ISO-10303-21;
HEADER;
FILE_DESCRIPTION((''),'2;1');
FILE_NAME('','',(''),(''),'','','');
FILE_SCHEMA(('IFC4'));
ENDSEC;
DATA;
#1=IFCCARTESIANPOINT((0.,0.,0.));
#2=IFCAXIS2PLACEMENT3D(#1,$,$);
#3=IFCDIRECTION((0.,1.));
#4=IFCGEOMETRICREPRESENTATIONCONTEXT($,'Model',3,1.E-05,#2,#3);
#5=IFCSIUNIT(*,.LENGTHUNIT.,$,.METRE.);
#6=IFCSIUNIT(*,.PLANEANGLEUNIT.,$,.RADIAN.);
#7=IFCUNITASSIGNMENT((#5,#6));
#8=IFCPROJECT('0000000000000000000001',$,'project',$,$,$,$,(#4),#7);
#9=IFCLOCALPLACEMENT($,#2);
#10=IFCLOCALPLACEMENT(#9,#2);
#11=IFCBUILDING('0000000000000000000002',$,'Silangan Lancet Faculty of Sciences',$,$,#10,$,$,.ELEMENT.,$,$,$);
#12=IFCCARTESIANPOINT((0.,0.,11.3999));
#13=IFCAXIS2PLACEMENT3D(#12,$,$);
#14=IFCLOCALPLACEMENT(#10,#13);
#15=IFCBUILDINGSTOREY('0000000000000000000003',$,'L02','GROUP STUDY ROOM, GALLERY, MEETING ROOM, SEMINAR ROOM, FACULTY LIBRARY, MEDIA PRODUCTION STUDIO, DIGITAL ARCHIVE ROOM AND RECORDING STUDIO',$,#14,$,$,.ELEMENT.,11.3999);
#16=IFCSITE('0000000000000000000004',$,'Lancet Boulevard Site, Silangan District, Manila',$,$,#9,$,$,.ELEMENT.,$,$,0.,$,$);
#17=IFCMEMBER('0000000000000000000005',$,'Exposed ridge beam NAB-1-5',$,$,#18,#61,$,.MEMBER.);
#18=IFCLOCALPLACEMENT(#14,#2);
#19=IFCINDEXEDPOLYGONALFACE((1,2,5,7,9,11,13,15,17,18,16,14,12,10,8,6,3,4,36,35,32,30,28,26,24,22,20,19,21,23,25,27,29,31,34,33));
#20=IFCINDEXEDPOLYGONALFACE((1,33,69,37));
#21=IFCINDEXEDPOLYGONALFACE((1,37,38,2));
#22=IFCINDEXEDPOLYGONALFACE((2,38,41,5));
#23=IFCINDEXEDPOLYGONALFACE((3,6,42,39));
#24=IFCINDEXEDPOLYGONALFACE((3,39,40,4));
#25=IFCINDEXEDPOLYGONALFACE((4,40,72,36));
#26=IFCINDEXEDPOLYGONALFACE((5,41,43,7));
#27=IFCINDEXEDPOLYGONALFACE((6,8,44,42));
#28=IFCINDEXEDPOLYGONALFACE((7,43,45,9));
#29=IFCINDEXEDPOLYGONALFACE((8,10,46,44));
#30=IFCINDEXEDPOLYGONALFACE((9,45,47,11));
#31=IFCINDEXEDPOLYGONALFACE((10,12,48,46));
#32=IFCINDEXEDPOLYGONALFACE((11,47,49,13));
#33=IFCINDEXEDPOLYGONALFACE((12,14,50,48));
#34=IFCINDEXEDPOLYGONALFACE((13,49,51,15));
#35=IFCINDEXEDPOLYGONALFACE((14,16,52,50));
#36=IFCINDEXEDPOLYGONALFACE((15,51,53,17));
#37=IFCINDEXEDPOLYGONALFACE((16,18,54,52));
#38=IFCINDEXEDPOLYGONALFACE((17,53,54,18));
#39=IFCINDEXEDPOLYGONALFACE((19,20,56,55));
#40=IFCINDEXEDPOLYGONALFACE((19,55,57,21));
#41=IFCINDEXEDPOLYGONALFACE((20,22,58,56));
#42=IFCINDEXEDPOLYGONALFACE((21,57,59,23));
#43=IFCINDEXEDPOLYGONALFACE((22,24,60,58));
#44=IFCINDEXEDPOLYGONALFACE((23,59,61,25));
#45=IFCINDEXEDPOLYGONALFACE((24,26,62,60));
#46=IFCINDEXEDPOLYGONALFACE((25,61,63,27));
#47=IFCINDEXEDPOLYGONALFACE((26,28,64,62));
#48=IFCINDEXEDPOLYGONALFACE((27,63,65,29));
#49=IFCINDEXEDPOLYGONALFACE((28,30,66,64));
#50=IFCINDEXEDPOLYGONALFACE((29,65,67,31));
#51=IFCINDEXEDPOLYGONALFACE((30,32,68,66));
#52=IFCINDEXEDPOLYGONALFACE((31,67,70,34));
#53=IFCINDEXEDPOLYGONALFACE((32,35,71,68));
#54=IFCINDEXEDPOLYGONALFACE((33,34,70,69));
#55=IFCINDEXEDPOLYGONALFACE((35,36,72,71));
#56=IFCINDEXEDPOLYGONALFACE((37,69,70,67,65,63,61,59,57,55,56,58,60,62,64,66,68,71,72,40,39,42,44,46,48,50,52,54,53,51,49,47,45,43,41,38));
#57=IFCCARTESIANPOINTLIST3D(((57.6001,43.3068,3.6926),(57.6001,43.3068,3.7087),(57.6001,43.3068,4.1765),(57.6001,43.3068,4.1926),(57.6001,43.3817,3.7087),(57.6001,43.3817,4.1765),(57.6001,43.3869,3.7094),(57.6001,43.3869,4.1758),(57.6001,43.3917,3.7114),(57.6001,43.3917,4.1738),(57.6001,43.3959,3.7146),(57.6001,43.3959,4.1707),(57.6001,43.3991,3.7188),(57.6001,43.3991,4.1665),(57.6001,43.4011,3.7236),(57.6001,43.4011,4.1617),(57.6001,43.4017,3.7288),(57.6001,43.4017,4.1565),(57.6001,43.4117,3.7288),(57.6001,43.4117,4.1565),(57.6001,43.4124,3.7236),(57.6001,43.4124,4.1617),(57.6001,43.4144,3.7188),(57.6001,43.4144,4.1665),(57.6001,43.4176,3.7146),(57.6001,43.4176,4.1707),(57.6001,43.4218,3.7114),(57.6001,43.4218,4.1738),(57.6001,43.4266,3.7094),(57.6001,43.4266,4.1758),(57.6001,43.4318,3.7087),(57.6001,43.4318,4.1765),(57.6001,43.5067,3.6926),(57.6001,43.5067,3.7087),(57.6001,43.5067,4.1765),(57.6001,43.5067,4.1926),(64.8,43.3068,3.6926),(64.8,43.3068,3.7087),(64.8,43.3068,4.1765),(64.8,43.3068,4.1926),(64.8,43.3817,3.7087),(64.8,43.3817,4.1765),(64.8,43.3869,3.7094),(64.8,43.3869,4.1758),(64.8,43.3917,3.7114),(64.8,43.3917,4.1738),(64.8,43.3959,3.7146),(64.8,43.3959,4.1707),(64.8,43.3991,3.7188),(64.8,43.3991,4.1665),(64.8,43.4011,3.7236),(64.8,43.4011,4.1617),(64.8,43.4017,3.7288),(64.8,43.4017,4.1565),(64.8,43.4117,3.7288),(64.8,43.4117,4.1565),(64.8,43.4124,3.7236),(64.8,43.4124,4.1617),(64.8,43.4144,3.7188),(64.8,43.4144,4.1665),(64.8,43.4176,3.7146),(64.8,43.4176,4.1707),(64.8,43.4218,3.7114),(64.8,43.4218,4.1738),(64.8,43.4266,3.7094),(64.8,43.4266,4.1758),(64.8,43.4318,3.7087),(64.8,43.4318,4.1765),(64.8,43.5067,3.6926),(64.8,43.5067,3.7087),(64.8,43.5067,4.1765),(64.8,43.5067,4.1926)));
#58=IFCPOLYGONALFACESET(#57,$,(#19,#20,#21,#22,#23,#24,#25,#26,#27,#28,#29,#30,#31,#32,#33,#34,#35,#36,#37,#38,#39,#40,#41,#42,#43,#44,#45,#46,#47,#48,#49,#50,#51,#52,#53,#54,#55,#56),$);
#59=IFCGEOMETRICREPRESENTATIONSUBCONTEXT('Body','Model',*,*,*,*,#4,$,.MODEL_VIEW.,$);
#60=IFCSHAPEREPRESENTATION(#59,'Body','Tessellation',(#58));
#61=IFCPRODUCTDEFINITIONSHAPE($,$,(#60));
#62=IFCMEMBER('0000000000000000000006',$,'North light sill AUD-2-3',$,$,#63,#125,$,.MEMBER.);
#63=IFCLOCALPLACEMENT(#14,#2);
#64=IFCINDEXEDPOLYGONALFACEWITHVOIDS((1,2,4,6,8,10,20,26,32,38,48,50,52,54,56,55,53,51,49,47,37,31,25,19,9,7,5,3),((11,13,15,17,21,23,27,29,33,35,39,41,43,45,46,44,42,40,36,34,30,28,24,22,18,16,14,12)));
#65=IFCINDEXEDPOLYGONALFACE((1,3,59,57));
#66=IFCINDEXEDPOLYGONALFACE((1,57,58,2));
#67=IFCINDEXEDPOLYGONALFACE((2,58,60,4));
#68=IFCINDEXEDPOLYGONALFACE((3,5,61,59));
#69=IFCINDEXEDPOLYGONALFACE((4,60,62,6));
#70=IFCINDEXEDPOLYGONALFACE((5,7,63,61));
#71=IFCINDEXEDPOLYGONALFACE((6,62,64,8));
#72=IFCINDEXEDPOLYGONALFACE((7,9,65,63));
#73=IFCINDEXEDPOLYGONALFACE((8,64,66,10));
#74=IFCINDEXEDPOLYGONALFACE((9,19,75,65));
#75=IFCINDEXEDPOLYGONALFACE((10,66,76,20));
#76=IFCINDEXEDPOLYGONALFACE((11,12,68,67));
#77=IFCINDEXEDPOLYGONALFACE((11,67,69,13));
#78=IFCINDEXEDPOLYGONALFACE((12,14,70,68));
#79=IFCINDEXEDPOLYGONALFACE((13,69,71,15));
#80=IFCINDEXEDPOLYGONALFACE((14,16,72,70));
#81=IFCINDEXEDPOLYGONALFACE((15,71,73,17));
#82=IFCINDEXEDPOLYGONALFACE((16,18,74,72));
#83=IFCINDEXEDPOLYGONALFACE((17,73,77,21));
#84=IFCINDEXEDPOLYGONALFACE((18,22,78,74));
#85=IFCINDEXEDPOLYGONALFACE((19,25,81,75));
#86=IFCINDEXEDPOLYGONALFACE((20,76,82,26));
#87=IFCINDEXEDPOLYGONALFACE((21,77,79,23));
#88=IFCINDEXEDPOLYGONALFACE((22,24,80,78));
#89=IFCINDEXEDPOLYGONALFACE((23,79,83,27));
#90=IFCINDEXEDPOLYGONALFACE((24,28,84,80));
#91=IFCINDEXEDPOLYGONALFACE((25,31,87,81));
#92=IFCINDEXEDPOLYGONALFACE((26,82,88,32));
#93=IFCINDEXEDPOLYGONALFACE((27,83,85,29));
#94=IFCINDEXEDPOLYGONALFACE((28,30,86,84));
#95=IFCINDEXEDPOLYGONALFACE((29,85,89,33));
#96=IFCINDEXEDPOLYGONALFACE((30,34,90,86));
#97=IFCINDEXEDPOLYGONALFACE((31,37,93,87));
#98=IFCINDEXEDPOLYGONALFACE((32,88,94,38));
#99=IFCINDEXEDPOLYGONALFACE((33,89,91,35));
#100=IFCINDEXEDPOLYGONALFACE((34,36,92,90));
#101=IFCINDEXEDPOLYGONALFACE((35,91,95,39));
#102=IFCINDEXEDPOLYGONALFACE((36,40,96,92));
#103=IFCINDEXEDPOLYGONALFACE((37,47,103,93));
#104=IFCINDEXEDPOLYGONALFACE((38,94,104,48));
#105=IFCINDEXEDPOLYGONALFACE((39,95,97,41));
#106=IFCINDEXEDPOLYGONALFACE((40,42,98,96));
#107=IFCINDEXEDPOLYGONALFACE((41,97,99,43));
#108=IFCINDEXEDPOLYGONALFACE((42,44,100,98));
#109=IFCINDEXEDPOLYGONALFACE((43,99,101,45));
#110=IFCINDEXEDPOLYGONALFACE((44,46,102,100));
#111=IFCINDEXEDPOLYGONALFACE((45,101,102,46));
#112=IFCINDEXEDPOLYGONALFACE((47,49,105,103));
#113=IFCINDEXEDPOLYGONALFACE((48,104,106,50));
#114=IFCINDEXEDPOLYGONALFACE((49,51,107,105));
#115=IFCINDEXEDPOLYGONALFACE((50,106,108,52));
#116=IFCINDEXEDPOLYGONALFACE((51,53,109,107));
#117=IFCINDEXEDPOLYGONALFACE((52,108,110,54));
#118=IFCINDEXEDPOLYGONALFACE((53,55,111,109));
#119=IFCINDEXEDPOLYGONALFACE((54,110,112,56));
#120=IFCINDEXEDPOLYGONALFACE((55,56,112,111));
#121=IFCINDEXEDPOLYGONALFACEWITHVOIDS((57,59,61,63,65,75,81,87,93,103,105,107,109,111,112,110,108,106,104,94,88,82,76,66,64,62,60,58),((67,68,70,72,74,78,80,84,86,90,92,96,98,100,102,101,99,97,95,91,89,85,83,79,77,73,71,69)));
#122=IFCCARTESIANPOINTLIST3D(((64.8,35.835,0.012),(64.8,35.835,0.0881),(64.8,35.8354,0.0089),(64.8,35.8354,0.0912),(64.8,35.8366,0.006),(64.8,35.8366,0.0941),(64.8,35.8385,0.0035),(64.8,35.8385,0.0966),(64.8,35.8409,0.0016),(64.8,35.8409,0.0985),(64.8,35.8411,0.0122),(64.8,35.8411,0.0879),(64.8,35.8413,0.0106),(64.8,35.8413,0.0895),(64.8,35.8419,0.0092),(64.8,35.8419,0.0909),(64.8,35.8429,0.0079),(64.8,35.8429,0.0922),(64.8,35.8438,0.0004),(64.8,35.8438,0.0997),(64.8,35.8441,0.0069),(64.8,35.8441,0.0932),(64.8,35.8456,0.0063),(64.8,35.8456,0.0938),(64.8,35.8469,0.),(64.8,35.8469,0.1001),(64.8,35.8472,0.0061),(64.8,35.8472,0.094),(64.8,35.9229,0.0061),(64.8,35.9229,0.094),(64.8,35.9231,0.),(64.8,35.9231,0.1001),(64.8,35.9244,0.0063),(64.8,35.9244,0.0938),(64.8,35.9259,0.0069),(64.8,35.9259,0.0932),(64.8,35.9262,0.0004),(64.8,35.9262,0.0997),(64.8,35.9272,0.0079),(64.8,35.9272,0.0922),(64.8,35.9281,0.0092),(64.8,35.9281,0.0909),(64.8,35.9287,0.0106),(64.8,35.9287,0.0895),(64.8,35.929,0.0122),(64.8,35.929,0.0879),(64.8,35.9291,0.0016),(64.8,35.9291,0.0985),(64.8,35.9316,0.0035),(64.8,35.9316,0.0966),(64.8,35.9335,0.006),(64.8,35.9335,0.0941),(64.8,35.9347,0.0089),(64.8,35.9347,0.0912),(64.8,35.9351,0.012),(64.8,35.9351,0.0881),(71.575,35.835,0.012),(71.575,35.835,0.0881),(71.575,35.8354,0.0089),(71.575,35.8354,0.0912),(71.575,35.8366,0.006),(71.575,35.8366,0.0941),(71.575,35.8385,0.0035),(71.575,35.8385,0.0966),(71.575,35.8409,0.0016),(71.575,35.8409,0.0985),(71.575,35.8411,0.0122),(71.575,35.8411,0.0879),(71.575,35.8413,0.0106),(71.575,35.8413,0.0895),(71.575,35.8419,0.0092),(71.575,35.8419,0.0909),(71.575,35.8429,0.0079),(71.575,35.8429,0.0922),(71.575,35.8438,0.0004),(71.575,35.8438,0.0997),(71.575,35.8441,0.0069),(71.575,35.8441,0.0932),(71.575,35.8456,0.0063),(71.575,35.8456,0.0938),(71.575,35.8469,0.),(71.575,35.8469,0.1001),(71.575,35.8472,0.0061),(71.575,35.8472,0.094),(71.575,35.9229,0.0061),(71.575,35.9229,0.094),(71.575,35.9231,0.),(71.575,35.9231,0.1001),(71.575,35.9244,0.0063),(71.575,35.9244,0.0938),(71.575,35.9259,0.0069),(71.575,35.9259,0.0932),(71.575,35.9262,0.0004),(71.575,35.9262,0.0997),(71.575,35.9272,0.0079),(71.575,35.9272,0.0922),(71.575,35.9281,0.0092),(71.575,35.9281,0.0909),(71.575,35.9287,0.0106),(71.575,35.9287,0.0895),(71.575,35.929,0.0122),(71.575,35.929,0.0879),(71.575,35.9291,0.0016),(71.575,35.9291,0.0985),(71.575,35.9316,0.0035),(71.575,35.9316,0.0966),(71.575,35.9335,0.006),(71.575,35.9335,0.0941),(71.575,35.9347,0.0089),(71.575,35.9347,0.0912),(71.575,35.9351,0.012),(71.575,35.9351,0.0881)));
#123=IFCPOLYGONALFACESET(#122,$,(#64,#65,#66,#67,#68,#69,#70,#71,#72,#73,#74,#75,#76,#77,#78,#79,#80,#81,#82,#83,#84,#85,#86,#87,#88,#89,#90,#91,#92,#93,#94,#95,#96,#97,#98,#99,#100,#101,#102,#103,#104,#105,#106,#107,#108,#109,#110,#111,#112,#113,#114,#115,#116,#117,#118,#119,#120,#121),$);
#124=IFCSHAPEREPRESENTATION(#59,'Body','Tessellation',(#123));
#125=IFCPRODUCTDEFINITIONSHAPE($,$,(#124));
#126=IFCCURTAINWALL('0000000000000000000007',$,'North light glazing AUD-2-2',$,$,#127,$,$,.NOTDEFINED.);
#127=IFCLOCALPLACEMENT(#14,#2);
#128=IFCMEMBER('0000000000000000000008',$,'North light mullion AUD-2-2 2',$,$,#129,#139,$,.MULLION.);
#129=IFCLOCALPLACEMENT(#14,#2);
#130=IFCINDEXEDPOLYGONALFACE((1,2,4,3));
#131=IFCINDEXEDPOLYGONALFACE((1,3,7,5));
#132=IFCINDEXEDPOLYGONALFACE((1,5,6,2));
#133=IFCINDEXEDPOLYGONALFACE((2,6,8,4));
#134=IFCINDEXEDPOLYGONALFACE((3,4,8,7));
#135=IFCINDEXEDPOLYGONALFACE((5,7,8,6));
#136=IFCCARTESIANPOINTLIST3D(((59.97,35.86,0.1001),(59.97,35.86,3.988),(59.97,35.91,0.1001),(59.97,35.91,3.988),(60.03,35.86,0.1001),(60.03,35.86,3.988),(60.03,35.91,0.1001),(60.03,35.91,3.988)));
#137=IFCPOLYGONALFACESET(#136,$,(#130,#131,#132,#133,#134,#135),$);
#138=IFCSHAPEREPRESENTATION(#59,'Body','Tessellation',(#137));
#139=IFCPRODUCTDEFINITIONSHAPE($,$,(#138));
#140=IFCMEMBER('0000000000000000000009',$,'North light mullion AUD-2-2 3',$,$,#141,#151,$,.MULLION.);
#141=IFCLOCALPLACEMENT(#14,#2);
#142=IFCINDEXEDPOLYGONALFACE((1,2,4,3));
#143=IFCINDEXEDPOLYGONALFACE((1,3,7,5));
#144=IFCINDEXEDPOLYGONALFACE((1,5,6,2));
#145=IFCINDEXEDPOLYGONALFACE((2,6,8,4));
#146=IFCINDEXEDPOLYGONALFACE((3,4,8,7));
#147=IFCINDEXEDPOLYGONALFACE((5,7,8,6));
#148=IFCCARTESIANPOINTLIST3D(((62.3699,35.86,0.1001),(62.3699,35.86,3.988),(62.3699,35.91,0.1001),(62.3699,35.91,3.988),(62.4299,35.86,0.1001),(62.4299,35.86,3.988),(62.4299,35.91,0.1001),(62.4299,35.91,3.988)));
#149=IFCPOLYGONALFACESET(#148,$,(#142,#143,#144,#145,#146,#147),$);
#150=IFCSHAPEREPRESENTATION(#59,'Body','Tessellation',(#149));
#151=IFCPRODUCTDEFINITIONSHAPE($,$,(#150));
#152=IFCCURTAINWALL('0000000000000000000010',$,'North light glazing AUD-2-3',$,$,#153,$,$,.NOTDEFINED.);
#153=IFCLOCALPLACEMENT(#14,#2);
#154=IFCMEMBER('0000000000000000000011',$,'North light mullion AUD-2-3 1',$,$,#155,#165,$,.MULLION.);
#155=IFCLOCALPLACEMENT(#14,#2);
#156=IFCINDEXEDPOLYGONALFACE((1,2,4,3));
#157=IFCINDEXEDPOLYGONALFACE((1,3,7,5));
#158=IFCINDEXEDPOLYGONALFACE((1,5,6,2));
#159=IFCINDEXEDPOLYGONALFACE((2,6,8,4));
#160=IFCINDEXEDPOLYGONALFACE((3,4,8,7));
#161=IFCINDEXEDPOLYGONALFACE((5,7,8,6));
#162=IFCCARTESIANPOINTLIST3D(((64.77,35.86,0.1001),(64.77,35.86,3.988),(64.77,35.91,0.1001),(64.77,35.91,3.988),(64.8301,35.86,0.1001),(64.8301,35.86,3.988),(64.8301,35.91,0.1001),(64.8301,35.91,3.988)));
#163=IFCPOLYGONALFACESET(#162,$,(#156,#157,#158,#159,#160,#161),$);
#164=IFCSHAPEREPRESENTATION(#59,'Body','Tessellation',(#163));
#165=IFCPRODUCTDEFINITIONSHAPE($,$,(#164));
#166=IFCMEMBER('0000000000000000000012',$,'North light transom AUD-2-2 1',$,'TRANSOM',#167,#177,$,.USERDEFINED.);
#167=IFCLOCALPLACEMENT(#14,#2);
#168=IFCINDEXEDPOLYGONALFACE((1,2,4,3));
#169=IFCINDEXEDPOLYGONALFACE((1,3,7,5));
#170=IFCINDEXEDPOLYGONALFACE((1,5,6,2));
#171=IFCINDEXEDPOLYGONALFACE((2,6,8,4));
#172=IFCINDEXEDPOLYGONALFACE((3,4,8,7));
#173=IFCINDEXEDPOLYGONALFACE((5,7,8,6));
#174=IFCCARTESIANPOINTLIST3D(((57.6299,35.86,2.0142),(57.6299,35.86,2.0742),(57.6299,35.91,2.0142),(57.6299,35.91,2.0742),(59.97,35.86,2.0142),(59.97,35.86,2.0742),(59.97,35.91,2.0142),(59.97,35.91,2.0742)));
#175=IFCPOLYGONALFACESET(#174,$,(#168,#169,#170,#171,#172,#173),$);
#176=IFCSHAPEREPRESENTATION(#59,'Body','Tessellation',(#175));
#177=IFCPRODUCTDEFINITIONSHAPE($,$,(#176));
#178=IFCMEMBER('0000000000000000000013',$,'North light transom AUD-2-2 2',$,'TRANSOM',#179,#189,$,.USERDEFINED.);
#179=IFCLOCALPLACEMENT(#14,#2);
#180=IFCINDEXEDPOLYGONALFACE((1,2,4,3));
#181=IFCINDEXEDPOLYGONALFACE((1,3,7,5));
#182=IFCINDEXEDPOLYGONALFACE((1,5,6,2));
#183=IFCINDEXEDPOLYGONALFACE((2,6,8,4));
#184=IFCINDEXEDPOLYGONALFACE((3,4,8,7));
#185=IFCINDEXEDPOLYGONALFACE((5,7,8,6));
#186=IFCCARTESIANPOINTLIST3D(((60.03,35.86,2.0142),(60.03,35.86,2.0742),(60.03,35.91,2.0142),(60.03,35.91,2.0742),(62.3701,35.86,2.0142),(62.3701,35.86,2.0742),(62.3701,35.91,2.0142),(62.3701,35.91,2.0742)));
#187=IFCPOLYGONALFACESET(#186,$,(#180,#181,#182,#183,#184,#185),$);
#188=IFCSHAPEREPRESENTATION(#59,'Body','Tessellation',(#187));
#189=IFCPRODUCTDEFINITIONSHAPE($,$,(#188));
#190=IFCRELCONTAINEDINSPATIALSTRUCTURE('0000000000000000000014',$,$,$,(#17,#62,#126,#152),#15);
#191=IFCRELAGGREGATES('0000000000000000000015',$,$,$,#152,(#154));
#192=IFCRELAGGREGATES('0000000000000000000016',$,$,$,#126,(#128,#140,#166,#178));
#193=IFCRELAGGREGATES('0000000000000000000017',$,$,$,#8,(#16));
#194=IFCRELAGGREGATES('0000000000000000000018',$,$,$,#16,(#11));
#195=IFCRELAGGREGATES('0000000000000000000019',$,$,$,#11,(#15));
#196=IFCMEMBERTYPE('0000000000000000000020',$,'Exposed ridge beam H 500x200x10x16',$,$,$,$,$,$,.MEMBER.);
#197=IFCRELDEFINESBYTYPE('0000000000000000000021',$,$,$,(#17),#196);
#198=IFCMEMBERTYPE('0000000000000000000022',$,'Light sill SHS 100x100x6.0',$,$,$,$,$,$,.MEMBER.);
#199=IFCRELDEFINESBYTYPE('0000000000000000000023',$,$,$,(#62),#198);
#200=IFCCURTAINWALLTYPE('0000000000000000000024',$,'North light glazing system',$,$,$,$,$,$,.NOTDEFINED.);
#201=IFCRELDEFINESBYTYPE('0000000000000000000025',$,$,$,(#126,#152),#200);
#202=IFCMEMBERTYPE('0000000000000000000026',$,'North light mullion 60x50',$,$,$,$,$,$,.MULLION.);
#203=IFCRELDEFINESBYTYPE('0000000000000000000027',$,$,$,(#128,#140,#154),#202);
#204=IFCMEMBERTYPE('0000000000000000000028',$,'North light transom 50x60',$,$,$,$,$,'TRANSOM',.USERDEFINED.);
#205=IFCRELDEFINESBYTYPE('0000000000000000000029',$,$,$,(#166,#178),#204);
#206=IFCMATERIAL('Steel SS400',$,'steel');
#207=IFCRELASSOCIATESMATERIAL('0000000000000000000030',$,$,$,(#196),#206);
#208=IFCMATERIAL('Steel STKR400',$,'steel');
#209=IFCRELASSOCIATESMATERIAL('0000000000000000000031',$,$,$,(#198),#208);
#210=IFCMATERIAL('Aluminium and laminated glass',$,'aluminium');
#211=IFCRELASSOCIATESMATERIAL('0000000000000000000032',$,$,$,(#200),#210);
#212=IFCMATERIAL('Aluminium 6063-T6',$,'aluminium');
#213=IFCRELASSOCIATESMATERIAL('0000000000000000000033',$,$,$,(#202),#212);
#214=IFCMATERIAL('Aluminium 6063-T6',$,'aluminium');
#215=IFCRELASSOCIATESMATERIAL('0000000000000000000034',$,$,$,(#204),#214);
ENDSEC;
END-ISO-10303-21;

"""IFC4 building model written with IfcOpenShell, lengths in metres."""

from ifc_helpers import new_model, si_unit, direction, frame, origin, origin_2d, place, context, subcontext, project, spatial, rectangle, hollow_rectangle, i_section, extrude, material, material_profile, profile_set, type_object, element, aggregate, save


model = new_model("IFC4")

# Units and contexts
model_context = context("Model", 3, precision=1e-05, world=origin(), true_north=direction((0.0, 1.0)))
body_context = subcontext(model_context, "Body", "Model", "MODEL_VIEW")
ifc_project = project(units=[si_unit("LENGTHUNIT", "METRE"), si_unit("PLANEANGLEUNIT", "RADIAN")], contexts=[model_context])

# Site, building, storey
site_placement = place(None, origin())
site = spatial("IfcSite", under=ifc_project, at=site_placement, Name="Lancet Boulevard Site, Silangan District, Manila", CompositionType="ELEMENT", RefElevation=0.0)
building_placement = place(site_placement, origin())
building = spatial("IfcBuilding", under=site, at=building_placement, Name="Silangan Lancet Faculty of Sciences", CompositionType="ELEMENT")
storey_placement = place(building_placement, frame((0.0, 0.0, 11.3999)))
storey = spatial("IfcBuildingStorey", under=building, at=storey_placement, Name="L02", Description="GROUP STUDY ROOM, GALLERY, MEETING ROOM, SEMINAR ROOM, FACULTY LIBRARY, MEDIA PRODUCTION STUDIO, DIGITAL ARCHIVE ROOM AND RECORDING STUDIO", CompositionType="ELEMENT", Elevation=11.3999)

# Members
ifc_material_1 = material(Name="Steel SS400", Category="steel")
ifc_material_profile_1 = material_profile(ifc_material_1, i_section(OverallWidth=0.2, OverallDepth=0.5, WebThickness=0.01, FlangeThickness=0.0161, FilletRadius=0.02, at=origin_2d()), Name="H 500x200x10x16")
ifc_profile_set_1 = profile_set([ifc_material_profile_1], Name="Steel SS400")
member_type_1 = type_object("IfcMemberType", Name="Exposed ridge beam H 500x200x10x16", PredefinedType="MEMBER", material=ifc_profile_set_1)
member_1_placement = place(storey_placement, frame((57.6001, 43.4067, 3.9426), z_axis=(1.0, 0.0, 0.0), x_axis=(0.0, 1.0, 0.0)))
element("IfcMember", 1, at=member_1_placement, inside=storey, type_object=member_type_1, Name="Exposed ridge beam NAB-1-5", PredefinedType="MEMBER", context=body_context, shape_type="SweptSolid", body=[
    extrude(i_section(OverallWidth=0.2, OverallDepth=0.5, WebThickness=0.01, FlangeThickness=0.0161, FilletRadius=0.02, at=origin_2d()), origin(), (0.0, 0.0, 1.0), 7.2),
])
ifc_material_2 = material(Name="Steel STKR400", Category="steel")
ifc_material_profile_2 = material_profile(ifc_material_2, hollow_rectangle(XDim=0.1001, YDim=0.1001, WallThickness=0.0061, InnerFilletRadius=0.0061, OuterFilletRadius=0.012, at=origin_2d()), Name="SHS 100x100x6.0")
ifc_profile_set_2 = profile_set([ifc_material_profile_2], Name="Steel STKR400")
member_type_2 = type_object("IfcMemberType", Name="Light sill SHS 100x100x6.0", PredefinedType="MEMBER", material=ifc_profile_set_2)
member_2_placement = place(storey_placement, frame((64.8, 35.885, 0.05), z_axis=(1.0, 0.0, 0.0), x_axis=(0.0, 1.0, 0.0)))
element("IfcMember", 2, at=member_2_placement, inside=storey, type_object=member_type_2, Name="North light sill AUD-2-3", PredefinedType="MEMBER", context=body_context, shape_type="SweptSolid", body=[
    extrude(hollow_rectangle(XDim=0.1001, YDim=0.1001, WallThickness=0.0061, InnerFilletRadius=0.0061, OuterFilletRadius=0.012, at=origin_2d()), origin(), (0.0, 0.0, 1.0), 6.7749),
])

# Curtain wall, members
ifc_material_3 = material(Name="Aluminium and laminated glass", Category="aluminium")
curtain_wall_type = type_object("IfcCurtainWallType", Name="North light glazing system", PredefinedType="NOTDEFINED", material=ifc_material_3)
curtain_wall_1_placement = place(storey_placement, origin())
curtain_wall_1 = element("IfcCurtainWall", 3, at=curtain_wall_1_placement, inside=storey, type_object=curtain_wall_type, Name="North light glazing AUD-2-2", PredefinedType="NOTDEFINED")
ifc_material_4 = material(Name="Aluminium 6063-T6", Category="aluminium")
ifc_material_profile_3 = material_profile(ifc_material_4, rectangle(XDim=0.0601, YDim=0.05, at=origin_2d()), Name="AL 60x50")
ifc_profile_set_3 = profile_set([ifc_material_profile_3], Name="Aluminium 6063-T6")
member_type_3 = type_object("IfcMemberType", Name="North light mullion 60x50", PredefinedType="MULLION", material=ifc_profile_set_3)
member_3_placement = place(storey_placement, frame((60.0, 35.885, 0.1001), z_axis=(0.0, 0.0, 1.0), x_axis=(1.0, 0.0, 0.0)))
member_3 = element("IfcMember", 4, at=member_3_placement, type_object=member_type_3, Name="North light mullion AUD-2-2 2", PredefinedType="MULLION", context=body_context, shape_type="SweptSolid", body=[
    extrude(rectangle(XDim=0.0601, YDim=0.05, at=origin_2d()), origin(), (0.0, 0.0, 1.0), 3.8879),
])
member_4_placement = place(storey_placement, frame((62.3999, 35.885, 0.1001), z_axis=(0.0, 0.0, 1.0), x_axis=(1.0, 0.0, 0.0)))
member_4 = element("IfcMember", 5, at=member_4_placement, type_object=member_type_3, Name="North light mullion AUD-2-2 3", PredefinedType="MULLION", context=body_context, shape_type="SweptSolid", body=[
    extrude(rectangle(XDim=0.0601, YDim=0.05, at=origin_2d()), origin(), (0.0, 0.0, 1.0), 3.8879),
])

# Curtain wall, member
curtain_wall_2_placement = place(storey_placement, origin())
curtain_wall_2 = element("IfcCurtainWall", 6, at=curtain_wall_2_placement, inside=storey, type_object=curtain_wall_type, Name="North light glazing AUD-2-3", PredefinedType="NOTDEFINED")
member_5_placement = place(storey_placement, frame((64.8, 35.885, 0.1001), z_axis=(0.0, 0.0, 1.0), x_axis=(1.0, 0.0, 0.0)))
member_5 = element("IfcMember", 7, at=member_5_placement, type_object=member_type_3, Name="North light mullion AUD-2-3 1", PredefinedType="MULLION", context=body_context, shape_type="SweptSolid", body=[
    extrude(rectangle(XDim=0.0601, YDim=0.05, at=origin_2d()), origin(), (0.0, 0.0, 1.0), 3.8879),
])
aggregate(curtain_wall_2, [member_5])

# Members
ifc_material_5 = material(Name="Aluminium 6063-T6", Category="aluminium")
ifc_material_profile_4 = material_profile(ifc_material_5, rectangle(XDim=0.05, YDim=0.0601, at=origin_2d()), Name="AL 50x60")
ifc_profile_set_4 = profile_set([ifc_material_profile_4], Name="Aluminium 6063-T6")
member_type_4 = type_object("IfcMemberType", Name="North light transom 50x60", ElementType="TRANSOM", PredefinedType="USERDEFINED", material=ifc_profile_set_4)
member_6_placement = place(storey_placement, frame((57.6299, 35.885, 2.0442), z_axis=(1.0, 0.0, 0.0), x_axis=(0.0, 1.0, 0.0)))
member_6 = element("IfcMember", 8, at=member_6_placement, type_object=member_type_4, Name="North light transom AUD-2-2 1", ObjectType="TRANSOM", PredefinedType="USERDEFINED", context=body_context, shape_type="SweptSolid", body=[
    extrude(rectangle(XDim=0.05, YDim=0.0601, at=origin_2d()), origin(), (0.0, 0.0, 1.0), 2.3401),
])
member_7_placement = place(storey_placement, frame((60.03, 35.885, 2.0442), z_axis=(1.0, 0.0, 0.0), x_axis=(0.0, 1.0, 0.0)))
member_7 = element("IfcMember", 9, at=member_7_placement, type_object=member_type_4, Name="North light transom AUD-2-2 2", ObjectType="TRANSOM", PredefinedType="USERDEFINED", context=body_context, shape_type="SweptSolid", body=[
    extrude(rectangle(XDim=0.05, YDim=0.0601, at=origin_2d()), origin(), (0.0, 0.0, 1.0), 2.3401),
])
aggregate(curtain_wall_1, [member_3, member_4, member_6, member_7])

save(model, "model.ifc")
